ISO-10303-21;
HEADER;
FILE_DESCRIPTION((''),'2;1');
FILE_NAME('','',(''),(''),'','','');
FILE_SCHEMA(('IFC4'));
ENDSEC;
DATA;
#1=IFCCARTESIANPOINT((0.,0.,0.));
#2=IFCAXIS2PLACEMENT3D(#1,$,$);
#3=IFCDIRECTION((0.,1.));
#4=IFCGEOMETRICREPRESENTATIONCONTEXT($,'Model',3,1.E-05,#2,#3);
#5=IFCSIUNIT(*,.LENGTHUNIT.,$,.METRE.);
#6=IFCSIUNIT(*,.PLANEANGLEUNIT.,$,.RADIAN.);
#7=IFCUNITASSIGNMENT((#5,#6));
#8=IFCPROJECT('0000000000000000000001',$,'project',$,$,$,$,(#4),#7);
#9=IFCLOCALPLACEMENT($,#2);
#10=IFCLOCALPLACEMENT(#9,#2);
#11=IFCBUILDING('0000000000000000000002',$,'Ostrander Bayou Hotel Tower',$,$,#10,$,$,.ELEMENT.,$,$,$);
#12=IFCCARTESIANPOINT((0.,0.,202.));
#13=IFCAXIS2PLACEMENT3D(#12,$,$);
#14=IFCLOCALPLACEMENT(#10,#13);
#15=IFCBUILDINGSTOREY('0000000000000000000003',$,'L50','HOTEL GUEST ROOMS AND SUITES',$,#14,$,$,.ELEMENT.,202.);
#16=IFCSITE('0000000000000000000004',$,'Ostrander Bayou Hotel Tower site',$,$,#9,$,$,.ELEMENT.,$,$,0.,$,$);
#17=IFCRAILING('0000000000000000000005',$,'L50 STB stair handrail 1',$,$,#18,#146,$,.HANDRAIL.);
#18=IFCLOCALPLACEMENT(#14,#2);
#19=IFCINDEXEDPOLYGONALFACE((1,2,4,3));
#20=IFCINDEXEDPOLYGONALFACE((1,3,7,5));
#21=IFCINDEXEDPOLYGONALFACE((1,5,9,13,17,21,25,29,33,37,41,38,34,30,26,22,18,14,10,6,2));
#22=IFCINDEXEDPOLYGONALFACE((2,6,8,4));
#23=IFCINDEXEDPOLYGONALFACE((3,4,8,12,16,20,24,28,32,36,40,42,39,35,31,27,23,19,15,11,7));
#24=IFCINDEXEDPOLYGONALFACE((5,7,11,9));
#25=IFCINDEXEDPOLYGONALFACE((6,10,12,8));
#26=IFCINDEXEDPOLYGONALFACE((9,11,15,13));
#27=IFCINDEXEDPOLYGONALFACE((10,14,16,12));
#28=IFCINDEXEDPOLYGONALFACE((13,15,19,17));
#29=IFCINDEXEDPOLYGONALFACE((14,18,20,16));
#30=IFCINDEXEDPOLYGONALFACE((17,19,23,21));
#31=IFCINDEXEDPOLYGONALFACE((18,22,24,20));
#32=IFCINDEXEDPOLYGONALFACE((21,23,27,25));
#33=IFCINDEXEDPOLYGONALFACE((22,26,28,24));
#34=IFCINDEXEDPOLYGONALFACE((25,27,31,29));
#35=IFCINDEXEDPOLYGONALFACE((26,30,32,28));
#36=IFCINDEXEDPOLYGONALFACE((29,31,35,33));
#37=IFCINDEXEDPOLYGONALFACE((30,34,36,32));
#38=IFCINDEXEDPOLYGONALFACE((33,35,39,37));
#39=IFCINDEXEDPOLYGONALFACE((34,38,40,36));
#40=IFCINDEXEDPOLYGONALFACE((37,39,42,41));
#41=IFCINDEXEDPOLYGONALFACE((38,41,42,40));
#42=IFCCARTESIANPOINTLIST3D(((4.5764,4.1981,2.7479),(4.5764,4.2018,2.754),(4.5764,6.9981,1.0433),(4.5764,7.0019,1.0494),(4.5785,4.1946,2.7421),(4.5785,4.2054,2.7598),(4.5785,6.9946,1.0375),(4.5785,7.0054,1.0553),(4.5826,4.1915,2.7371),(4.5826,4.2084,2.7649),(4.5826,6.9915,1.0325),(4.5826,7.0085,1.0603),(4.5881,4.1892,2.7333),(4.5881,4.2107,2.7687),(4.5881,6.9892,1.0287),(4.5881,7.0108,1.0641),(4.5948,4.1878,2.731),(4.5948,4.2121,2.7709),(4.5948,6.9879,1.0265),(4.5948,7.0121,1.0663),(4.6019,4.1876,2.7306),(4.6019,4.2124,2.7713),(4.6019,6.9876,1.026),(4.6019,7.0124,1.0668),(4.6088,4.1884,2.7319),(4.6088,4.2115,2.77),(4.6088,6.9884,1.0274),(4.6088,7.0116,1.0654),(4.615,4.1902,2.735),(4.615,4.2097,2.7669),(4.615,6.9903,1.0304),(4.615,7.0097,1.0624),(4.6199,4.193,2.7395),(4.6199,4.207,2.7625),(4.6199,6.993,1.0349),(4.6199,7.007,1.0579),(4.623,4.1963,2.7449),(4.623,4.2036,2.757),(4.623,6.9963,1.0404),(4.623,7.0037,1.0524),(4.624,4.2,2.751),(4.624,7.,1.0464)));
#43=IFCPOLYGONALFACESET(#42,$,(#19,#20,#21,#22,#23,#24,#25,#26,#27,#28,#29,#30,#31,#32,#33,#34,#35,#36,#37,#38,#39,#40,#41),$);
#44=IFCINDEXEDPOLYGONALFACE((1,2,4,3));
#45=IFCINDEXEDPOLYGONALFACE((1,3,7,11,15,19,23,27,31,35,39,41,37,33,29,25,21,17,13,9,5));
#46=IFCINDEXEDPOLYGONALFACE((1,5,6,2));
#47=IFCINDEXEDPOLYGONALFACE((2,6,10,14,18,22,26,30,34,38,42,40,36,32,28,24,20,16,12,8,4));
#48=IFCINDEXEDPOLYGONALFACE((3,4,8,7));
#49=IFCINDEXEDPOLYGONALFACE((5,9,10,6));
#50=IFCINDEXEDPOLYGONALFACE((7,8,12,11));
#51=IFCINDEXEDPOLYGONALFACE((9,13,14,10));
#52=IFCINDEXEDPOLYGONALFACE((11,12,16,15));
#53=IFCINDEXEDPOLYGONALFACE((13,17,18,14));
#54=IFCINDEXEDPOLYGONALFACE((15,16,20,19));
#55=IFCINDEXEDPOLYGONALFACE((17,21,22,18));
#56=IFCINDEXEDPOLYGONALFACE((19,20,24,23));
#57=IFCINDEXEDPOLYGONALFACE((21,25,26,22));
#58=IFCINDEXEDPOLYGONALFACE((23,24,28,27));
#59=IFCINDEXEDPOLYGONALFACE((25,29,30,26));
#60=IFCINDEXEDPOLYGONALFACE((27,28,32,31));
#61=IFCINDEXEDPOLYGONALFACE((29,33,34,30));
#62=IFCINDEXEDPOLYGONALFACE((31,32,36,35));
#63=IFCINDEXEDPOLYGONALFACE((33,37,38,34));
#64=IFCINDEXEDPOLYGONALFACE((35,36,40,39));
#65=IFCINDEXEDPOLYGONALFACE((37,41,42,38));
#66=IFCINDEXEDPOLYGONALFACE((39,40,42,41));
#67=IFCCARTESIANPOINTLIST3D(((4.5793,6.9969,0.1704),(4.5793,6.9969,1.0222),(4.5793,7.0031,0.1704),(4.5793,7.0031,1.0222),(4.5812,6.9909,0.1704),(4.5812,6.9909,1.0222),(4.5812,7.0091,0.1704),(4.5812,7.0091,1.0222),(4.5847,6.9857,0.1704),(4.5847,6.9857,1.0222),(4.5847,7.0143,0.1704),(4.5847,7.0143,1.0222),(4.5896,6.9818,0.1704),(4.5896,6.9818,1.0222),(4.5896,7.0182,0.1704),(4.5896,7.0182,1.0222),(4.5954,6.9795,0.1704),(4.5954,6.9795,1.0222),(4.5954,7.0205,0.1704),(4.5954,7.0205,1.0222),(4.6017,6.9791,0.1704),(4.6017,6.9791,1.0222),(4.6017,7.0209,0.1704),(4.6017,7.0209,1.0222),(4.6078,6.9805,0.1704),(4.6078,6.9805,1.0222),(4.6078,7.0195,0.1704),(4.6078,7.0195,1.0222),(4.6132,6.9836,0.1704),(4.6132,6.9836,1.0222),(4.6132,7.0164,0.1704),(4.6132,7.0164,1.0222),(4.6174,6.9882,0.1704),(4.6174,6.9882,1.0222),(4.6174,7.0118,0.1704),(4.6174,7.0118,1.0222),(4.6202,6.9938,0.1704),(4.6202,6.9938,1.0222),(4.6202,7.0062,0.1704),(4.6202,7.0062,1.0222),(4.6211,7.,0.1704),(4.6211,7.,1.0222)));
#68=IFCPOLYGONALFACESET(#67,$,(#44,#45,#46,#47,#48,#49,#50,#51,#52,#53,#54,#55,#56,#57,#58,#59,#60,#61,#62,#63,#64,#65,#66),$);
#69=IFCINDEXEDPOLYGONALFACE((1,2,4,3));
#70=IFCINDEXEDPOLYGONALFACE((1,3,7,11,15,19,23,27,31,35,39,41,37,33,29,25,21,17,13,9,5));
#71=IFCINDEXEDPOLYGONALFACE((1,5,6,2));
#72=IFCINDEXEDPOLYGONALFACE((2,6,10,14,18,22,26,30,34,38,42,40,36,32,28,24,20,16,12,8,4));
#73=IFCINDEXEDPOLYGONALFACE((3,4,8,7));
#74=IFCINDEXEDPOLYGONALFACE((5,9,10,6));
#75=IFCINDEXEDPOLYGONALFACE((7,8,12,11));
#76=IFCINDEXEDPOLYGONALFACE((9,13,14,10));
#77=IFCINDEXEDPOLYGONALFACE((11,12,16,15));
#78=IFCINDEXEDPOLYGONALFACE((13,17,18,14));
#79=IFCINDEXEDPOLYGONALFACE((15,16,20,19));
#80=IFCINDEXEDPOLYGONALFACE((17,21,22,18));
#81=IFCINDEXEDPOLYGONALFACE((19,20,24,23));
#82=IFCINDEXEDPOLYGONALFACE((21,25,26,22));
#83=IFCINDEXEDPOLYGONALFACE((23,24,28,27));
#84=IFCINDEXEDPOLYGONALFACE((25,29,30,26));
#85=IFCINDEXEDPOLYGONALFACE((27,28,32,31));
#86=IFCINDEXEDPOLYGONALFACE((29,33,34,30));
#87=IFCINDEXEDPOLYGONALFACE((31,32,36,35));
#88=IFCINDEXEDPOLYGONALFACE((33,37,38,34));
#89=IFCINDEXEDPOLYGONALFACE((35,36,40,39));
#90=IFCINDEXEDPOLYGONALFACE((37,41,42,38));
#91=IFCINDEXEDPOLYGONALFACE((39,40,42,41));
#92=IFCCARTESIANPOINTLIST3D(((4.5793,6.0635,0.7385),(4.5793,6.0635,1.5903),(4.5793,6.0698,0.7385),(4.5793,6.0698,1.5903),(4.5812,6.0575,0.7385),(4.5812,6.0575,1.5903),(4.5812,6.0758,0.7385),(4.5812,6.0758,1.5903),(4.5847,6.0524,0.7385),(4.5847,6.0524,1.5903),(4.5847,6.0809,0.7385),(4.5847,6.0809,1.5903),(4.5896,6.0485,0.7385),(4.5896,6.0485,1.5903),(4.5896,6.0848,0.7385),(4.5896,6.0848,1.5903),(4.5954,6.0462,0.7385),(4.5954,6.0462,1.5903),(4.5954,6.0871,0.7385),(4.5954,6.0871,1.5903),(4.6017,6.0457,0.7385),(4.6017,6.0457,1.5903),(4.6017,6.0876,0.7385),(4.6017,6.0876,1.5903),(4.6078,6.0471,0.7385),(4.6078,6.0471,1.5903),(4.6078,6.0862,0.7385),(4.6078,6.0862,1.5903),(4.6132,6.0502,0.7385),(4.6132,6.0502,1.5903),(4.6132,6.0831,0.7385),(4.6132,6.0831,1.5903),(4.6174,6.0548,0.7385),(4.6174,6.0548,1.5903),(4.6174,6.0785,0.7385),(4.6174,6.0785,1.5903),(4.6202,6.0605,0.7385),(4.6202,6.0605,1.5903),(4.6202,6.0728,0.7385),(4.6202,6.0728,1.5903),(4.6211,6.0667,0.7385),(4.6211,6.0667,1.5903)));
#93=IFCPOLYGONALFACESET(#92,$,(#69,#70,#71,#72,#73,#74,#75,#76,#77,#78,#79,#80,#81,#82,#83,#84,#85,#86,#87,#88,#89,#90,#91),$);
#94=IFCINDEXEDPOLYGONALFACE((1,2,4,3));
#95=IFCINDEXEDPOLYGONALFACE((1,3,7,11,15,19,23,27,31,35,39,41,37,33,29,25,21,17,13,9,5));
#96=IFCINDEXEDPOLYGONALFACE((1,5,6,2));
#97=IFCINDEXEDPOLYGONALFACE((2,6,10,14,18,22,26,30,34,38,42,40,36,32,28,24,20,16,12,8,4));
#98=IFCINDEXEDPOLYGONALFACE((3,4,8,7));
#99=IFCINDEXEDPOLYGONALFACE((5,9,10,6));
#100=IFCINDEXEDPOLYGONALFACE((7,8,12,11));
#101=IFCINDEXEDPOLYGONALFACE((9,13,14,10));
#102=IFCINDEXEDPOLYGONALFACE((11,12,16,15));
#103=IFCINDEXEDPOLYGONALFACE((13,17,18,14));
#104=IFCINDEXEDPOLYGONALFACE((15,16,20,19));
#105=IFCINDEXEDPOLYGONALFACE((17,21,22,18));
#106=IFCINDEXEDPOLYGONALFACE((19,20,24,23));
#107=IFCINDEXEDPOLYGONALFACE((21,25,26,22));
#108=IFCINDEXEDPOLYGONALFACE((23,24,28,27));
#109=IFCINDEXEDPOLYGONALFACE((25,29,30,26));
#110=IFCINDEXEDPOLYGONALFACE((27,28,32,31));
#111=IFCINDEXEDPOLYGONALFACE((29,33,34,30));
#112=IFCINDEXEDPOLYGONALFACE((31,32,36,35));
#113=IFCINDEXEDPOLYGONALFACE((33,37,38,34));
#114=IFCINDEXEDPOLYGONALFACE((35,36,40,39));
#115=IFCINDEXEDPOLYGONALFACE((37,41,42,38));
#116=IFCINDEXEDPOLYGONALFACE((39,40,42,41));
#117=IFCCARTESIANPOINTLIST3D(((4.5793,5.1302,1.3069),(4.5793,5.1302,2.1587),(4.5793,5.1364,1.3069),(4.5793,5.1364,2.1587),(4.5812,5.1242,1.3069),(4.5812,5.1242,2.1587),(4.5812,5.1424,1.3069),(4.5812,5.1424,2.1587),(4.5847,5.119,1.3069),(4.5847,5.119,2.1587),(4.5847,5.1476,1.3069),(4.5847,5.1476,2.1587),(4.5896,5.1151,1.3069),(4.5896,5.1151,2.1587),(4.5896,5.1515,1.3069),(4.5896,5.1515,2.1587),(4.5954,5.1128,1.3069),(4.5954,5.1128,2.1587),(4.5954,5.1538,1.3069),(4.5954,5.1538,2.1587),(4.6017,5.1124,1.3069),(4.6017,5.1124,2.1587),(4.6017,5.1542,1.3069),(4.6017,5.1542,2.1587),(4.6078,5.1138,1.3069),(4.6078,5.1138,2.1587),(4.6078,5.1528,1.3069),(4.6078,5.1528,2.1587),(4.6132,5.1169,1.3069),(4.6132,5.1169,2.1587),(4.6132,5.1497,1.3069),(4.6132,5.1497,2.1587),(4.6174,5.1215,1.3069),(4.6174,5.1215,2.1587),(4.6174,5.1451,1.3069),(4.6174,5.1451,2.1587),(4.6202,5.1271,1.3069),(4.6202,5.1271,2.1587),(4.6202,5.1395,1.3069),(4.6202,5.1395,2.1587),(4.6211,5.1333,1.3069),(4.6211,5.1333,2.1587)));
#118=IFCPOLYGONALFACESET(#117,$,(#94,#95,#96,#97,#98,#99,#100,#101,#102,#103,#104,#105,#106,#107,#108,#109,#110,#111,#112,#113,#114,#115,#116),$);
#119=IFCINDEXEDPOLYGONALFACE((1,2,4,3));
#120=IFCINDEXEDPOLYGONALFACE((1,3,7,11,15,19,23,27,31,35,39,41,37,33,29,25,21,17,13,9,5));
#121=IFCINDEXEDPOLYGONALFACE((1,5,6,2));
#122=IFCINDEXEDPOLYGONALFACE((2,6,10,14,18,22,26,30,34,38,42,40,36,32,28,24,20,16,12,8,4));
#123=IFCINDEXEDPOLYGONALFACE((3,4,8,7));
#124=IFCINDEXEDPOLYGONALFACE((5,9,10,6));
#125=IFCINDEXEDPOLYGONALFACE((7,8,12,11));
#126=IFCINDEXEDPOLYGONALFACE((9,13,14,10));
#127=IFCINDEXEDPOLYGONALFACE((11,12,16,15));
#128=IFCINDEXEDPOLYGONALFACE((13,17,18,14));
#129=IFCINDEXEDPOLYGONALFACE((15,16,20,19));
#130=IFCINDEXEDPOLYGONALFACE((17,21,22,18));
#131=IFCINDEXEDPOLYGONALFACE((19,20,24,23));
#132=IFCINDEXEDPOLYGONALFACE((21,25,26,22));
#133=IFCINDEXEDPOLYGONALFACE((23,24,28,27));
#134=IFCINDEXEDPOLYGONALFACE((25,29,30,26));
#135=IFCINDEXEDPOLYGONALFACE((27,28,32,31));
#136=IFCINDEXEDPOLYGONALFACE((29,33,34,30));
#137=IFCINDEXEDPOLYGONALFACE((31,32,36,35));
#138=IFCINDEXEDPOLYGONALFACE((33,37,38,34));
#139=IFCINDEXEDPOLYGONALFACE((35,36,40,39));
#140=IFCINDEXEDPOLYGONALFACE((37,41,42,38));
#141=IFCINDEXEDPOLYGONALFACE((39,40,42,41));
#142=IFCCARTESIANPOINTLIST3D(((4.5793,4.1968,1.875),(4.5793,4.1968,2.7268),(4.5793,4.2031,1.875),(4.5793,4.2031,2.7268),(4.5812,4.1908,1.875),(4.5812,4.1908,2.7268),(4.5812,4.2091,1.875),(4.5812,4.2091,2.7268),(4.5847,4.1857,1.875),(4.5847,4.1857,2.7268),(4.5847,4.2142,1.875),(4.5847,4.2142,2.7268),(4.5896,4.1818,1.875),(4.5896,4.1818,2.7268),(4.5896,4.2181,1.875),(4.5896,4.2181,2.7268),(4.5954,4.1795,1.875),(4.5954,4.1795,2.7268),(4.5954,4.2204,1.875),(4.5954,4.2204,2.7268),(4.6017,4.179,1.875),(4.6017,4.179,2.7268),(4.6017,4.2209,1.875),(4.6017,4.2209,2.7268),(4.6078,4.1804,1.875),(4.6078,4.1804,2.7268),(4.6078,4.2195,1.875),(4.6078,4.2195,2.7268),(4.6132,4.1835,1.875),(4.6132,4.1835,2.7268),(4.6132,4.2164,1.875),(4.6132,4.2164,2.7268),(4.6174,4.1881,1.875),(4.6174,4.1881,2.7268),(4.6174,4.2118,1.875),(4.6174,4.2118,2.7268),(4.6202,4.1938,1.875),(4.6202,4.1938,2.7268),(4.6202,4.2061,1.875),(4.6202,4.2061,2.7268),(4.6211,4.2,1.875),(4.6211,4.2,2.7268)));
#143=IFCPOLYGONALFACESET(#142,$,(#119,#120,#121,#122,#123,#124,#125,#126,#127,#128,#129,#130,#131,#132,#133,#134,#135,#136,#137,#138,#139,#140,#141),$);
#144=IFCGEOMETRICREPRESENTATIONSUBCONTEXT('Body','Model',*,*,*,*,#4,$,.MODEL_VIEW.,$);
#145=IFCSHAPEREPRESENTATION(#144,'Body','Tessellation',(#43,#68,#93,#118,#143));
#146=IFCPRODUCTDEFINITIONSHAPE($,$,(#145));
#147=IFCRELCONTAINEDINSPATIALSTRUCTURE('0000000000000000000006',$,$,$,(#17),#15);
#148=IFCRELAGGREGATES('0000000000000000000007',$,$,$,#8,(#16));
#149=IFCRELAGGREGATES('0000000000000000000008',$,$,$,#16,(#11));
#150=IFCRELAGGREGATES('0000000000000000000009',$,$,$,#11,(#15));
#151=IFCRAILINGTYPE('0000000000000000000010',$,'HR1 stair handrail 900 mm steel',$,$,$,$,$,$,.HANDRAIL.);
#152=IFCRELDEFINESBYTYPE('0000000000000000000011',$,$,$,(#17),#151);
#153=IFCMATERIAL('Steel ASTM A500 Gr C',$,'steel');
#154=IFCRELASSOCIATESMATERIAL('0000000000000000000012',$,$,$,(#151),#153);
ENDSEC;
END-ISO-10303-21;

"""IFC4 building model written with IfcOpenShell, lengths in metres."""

from ifc_helpers import new_model, si_unit, direction, frame, origin, origin_2d, place, context, subcontext, project, spatial, circle, extrude, material, type_object, element, save


model = new_model("IFC4")

# Units and contexts
model_context = context("Model", 3, precision=1e-05, world=origin(), true_north=direction((0.0, 1.0)))
body_context = subcontext(model_context, "Body", "Model", "MODEL_VIEW")
ifc_project = project(units=[si_unit("LENGTHUNIT", "METRE"), si_unit("PLANEANGLEUNIT", "RADIAN")], contexts=[model_context])

# Site, building, storey
site_placement = place(None, origin())
site = spatial("IfcSite", under=ifc_project, at=site_placement, Name="Ostrander Bayou Hotel Tower site", CompositionType="ELEMENT", RefElevation=0.0)
building_placement = place(site_placement, origin())
building = spatial("IfcBuilding", under=site, at=building_placement, Name="Ostrander Bayou Hotel Tower", CompositionType="ELEMENT")
storey_placement = place(building_placement, frame((0.0, 0.0, 202.0)))
storey = spatial("IfcBuildingStorey", under=building, at=storey_placement, Name="L50", Description="HOTEL GUEST ROOMS AND SUITES", CompositionType="ELEMENT", Elevation=202.0)

# Railing
ifc_material_1 = material(Name="Steel ASTM A500 Gr C", Category="steel")
railing_type_1 = type_object("IfcRailingType", Name="HR1 stair handrail 900 mm steel", PredefinedType="HANDRAIL", material=ifc_material_1)
railing_1_placement = place(storey_placement, frame((4.6001, 7.0, 0.1704)))
element("IfcRailing", 1, at=railing_1_placement, inside=storey, type_object=railing_type_1, Name="L50 STB stair handrail 1", PredefinedType="HANDRAIL", context=body_context, shape_type="SweptSolid", body=[
    extrude(circle(Radius=0.0239, at=origin_2d()), frame((0.0, 0.0, 0.876), z_axis=(0.0, -0.85417, 0.519994), x_axis=(1.0, 0.0, 0.0)), (0.0, 0.0, 1.0), 3.2781),
    extrude(circle(Radius=0.021, at=origin_2d()), origin(), (0.0, 0.0, 1.0), 0.8518),
    extrude(circle(Radius=0.021, at=origin_2d()), frame((0.0, -0.9333, 0.5681)), (0.0, 0.0, 1.0), 0.8518),
    extrude(circle(Radius=0.021, at=origin_2d()), frame((0.0, -1.8667, 1.1365)), (0.0, 0.0, 1.0), 0.8518),
    extrude(circle(Radius=0.021, at=origin_2d()), frame((0.0, -2.8, 1.7046)), (0.0, 0.0, 1.0), 0.8518),
])

save(model, "model.ifc")
